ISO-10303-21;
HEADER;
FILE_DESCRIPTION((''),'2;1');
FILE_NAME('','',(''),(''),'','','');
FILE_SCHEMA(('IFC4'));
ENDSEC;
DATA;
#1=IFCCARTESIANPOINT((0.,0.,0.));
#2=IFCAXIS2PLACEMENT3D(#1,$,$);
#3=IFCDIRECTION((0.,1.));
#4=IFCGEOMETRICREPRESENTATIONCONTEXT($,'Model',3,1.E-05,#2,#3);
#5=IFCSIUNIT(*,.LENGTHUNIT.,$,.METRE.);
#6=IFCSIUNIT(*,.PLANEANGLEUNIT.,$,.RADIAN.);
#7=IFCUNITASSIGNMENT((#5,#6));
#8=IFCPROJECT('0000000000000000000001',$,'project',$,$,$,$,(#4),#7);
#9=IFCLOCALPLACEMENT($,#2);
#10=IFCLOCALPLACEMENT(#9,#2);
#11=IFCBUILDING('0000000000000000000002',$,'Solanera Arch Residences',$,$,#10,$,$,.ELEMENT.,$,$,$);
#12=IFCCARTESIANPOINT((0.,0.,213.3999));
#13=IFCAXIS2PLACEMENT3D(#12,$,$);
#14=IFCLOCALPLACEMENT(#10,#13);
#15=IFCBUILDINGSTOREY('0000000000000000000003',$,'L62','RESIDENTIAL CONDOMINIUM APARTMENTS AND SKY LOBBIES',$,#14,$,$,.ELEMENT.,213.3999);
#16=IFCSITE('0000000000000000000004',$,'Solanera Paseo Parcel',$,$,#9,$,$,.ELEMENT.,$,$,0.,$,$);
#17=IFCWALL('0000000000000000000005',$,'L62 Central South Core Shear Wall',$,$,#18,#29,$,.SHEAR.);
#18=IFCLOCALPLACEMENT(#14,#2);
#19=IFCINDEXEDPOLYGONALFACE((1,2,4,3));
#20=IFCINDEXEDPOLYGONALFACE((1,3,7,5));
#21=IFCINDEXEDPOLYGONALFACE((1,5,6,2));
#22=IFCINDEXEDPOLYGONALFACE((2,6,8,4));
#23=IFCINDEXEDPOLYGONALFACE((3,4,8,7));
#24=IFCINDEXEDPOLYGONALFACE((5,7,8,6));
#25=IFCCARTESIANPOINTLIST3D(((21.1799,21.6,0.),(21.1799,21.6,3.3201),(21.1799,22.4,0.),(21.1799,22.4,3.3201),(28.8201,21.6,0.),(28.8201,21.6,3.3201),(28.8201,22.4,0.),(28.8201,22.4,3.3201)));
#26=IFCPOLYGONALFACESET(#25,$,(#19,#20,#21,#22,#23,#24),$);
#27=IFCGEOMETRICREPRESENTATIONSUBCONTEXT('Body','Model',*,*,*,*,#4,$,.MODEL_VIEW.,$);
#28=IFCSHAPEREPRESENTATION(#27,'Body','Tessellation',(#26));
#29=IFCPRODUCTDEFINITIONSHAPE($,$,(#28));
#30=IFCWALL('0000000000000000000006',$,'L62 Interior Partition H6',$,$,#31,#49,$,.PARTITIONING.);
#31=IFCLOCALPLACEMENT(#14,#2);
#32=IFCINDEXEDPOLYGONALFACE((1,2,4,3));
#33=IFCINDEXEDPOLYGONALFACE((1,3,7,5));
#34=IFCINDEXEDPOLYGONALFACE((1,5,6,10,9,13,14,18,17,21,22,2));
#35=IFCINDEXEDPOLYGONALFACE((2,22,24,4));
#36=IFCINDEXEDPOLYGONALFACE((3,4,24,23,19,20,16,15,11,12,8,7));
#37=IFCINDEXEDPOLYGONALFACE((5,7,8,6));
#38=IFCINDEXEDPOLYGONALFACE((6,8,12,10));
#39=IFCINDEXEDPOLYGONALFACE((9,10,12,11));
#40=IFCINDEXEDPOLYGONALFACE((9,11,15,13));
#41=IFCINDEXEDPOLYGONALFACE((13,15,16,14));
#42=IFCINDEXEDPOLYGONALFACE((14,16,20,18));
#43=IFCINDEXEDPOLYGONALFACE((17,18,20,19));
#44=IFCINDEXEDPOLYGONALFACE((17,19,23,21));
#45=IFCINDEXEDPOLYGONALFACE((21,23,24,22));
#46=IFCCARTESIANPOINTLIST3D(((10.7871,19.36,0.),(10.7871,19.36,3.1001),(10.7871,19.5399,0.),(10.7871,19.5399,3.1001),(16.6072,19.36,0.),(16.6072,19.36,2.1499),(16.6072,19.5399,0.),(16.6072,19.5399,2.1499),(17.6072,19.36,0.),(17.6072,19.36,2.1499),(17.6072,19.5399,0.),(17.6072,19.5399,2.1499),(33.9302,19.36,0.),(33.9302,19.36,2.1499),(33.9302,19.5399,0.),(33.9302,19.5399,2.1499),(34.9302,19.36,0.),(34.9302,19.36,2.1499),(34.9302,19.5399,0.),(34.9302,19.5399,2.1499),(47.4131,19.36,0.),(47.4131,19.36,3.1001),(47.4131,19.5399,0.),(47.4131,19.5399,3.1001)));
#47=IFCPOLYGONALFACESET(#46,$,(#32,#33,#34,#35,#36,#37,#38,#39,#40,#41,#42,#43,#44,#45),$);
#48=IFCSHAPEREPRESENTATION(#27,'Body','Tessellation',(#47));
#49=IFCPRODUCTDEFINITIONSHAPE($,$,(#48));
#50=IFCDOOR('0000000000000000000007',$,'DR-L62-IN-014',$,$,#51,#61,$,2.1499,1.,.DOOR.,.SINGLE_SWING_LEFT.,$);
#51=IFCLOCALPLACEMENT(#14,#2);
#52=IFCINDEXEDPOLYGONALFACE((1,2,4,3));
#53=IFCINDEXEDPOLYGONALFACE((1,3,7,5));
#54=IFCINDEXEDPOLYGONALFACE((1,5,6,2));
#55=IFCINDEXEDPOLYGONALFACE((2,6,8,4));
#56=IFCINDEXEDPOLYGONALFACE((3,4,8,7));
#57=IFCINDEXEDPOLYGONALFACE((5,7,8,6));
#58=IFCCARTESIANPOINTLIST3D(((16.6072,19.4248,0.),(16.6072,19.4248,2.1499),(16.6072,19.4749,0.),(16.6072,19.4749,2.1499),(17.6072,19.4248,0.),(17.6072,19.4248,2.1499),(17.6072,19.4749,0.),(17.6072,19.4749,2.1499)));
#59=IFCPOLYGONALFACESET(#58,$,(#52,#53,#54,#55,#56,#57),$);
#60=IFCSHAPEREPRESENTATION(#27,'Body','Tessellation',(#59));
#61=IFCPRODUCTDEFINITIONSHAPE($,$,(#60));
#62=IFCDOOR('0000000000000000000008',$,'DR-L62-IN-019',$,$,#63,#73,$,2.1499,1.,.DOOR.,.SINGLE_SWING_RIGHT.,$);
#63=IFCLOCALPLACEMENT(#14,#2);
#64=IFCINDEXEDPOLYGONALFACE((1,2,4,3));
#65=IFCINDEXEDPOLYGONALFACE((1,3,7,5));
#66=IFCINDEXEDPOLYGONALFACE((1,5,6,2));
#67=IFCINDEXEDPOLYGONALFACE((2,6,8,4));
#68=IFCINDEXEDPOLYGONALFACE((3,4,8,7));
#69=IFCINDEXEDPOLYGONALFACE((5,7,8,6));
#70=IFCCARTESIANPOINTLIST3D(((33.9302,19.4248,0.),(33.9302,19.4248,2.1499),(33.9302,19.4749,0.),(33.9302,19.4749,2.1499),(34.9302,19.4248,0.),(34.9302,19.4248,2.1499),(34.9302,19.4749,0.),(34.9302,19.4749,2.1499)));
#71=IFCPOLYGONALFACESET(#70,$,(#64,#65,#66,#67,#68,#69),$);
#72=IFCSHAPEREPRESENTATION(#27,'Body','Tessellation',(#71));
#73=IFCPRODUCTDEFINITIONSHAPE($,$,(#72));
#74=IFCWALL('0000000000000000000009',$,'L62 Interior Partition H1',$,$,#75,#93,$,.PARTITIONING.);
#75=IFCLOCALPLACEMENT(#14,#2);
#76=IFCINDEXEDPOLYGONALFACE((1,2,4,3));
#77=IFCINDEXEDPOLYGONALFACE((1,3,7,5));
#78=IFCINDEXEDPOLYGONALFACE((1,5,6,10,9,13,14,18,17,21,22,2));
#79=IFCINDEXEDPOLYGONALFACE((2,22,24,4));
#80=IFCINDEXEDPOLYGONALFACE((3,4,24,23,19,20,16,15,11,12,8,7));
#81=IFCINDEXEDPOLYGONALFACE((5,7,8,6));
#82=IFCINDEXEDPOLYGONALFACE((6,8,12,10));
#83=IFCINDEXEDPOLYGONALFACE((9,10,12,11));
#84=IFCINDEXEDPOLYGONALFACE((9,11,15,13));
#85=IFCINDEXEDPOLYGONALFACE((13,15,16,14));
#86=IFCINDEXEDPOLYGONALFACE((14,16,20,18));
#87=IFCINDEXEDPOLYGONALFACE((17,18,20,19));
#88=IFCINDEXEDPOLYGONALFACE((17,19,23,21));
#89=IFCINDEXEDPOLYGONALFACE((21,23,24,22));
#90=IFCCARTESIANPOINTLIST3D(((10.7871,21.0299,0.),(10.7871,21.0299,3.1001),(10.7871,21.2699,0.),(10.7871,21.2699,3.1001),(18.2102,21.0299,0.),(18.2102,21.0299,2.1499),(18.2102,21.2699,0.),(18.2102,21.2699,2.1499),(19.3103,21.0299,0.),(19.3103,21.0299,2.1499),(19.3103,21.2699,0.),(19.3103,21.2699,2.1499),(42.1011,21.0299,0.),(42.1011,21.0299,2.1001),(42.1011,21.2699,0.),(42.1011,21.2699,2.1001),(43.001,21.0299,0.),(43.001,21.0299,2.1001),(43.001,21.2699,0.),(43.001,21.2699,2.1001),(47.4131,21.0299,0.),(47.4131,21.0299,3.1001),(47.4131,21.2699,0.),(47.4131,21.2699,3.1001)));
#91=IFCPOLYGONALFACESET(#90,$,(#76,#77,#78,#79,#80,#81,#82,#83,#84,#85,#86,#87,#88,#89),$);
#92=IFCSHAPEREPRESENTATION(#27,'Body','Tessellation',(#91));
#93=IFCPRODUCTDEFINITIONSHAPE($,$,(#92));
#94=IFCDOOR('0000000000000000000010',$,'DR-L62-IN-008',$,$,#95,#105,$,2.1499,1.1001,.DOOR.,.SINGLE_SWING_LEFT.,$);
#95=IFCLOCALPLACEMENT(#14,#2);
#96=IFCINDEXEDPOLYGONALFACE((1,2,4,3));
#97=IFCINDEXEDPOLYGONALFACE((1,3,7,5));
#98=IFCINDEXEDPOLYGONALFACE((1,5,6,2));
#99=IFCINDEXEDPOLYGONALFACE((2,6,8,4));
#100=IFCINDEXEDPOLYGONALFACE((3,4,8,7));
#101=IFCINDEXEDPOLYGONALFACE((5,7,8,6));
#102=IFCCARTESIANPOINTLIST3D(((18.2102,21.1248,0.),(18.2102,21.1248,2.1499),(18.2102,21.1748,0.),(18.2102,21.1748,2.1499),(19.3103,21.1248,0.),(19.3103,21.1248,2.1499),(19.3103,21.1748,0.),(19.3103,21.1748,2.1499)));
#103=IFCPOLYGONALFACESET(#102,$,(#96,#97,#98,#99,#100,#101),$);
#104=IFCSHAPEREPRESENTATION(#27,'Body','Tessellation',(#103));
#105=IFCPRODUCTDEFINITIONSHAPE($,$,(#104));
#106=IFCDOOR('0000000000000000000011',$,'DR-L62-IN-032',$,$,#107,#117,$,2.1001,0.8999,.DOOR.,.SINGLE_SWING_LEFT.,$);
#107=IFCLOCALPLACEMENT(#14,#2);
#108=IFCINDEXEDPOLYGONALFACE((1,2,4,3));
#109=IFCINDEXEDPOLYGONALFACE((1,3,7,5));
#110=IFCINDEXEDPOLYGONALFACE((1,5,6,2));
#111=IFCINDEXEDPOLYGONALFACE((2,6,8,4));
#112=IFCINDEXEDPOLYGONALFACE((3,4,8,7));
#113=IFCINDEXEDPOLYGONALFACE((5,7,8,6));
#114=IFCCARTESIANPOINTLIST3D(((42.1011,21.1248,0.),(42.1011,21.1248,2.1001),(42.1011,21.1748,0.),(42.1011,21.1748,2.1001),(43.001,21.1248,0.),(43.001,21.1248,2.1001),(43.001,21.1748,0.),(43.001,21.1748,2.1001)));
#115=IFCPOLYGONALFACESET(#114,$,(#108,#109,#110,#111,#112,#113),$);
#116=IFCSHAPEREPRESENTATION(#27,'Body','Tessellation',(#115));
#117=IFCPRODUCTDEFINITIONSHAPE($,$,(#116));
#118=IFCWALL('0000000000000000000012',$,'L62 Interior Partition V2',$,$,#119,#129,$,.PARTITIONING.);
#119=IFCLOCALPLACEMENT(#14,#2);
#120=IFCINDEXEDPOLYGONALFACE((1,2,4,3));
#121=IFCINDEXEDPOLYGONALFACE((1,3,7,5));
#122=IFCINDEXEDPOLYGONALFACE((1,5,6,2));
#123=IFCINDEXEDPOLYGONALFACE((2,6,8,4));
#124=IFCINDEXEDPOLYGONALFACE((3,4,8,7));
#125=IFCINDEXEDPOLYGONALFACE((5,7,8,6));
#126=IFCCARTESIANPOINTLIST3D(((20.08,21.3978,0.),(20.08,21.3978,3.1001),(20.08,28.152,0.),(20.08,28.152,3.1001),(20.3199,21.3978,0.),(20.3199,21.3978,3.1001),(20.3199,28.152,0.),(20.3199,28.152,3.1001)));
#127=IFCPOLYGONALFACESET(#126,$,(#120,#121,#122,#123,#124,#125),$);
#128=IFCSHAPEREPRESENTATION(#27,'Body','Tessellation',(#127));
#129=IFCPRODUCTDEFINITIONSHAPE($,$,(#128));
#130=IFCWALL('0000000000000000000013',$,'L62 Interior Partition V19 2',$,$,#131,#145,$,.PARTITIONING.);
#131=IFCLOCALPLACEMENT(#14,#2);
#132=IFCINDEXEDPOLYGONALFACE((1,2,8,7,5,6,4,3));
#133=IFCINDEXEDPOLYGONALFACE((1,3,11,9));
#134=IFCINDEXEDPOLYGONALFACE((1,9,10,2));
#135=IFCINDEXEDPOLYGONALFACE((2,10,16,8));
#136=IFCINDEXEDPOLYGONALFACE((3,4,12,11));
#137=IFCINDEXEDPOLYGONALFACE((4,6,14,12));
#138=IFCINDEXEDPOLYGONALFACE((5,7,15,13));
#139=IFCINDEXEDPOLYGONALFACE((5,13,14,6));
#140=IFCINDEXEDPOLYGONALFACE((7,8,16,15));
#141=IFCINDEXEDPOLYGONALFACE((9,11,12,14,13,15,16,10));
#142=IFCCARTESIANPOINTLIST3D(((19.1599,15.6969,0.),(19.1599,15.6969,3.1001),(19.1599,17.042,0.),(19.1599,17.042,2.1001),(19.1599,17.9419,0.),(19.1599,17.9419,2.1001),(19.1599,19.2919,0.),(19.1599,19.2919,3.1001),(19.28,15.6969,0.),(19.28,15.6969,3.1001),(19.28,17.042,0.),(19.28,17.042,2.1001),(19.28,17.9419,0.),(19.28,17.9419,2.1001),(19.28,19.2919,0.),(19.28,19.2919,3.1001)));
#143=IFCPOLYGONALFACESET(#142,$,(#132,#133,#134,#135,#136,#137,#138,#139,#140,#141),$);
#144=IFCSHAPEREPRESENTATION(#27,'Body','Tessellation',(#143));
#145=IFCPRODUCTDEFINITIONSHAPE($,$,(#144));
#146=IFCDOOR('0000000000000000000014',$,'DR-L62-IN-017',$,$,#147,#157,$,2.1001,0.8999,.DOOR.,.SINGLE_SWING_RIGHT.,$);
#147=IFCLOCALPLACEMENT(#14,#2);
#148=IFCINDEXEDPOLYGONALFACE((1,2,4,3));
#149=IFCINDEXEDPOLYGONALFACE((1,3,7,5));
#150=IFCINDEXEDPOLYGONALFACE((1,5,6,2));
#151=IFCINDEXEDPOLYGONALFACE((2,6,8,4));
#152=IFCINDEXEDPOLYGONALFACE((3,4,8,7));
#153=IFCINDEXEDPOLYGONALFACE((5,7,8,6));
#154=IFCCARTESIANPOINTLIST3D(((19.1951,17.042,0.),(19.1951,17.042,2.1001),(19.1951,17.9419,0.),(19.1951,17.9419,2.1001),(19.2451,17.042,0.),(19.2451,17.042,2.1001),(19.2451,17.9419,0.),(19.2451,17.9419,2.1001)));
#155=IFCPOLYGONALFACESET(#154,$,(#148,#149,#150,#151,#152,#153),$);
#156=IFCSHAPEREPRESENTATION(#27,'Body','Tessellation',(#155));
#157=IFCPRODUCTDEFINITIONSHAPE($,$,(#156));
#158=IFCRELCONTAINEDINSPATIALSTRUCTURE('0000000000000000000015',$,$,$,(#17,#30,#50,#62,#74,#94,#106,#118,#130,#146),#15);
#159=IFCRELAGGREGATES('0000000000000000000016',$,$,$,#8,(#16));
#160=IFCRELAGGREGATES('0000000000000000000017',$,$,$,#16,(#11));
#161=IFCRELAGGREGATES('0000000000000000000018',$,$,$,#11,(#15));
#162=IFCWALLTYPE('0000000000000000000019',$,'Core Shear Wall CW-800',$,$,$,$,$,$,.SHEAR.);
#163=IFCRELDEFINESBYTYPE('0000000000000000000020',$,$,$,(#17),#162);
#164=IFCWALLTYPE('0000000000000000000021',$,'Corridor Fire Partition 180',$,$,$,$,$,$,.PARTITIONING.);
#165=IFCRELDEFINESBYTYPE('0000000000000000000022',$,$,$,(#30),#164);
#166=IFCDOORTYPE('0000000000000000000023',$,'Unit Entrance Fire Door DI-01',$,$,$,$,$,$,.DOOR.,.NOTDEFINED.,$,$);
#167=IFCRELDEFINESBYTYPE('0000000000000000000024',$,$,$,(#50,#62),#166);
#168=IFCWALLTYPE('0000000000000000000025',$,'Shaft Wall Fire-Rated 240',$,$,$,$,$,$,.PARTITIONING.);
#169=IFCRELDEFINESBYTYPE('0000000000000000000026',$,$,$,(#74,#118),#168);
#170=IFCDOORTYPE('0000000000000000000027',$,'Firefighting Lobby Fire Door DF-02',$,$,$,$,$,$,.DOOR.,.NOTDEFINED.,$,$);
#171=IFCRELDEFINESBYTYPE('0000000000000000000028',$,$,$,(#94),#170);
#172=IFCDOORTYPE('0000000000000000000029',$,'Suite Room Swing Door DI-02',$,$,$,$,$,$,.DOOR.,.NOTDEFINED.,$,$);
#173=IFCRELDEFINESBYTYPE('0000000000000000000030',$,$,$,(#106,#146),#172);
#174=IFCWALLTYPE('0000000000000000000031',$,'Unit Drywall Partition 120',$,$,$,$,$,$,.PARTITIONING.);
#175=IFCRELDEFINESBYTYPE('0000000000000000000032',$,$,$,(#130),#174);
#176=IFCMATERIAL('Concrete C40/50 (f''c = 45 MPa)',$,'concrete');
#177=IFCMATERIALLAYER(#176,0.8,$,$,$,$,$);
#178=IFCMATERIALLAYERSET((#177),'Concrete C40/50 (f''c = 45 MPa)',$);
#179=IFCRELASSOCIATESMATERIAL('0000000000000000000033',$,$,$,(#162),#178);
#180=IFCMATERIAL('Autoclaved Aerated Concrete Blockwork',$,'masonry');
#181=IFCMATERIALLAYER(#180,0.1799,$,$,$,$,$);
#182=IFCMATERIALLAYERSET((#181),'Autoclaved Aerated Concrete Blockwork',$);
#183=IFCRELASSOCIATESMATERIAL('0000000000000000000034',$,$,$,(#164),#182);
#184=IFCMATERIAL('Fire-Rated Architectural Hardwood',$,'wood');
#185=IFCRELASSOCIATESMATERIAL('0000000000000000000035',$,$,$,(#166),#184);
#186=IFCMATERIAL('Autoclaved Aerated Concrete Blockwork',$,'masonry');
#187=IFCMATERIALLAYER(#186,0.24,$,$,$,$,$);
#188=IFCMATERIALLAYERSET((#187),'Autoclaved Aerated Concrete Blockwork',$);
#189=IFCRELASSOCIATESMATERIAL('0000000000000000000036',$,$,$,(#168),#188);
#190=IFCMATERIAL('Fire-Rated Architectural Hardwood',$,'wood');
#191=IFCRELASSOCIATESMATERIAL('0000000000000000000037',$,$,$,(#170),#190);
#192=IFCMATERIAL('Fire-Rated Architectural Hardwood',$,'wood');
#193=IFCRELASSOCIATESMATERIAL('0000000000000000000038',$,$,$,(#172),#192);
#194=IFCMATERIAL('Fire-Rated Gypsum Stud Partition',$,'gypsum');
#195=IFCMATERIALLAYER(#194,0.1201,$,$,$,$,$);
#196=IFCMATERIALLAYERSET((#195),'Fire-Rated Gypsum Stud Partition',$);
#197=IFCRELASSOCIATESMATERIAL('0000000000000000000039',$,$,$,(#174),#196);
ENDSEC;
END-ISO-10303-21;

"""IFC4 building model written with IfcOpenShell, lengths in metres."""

from ifc_helpers import new_model, si_unit, direction, frame, frame_2d, origin, place, context, subcontext, project, spatial, rectangle, extrude, material, layer, layer_set, type_object, element, fill, save


model = new_model("IFC4")

# Units and contexts
model_context = context("Model", 3, precision=1e-05, world=origin(), true_north=direction((0.0, 1.0)))
body_context = subcontext(model_context, "Body", "Model", "MODEL_VIEW")
ifc_project = project(units=[si_unit("LENGTHUNIT", "METRE"), si_unit("PLANEANGLEUNIT", "RADIAN")], contexts=[model_context])

# Site, building, storey
site_placement = place(None, origin())
site = spatial("IfcSite", under=ifc_project, at=site_placement, Name="Solanera Paseo Parcel", CompositionType="ELEMENT", RefElevation=0.0)
building_placement = place(site_placement, origin())
building = spatial("IfcBuilding", under=site, at=building_placement, Name="Solanera Arch Residences", CompositionType="ELEMENT")
storey_placement = place(building_placement, frame((0.0, 0.0, 213.3999)))
storey = spatial("IfcBuildingStorey", under=building, at=storey_placement, Name="L62", Description="RESIDENTIAL CONDOMINIUM APARTMENTS AND SKY LOBBIES", CompositionType="ELEMENT", Elevation=213.3999)

# Wall
ifc_material_1 = material(Name="Concrete C40/50 (f'c = 45 MPa)", Category="concrete")
ifc_layer_1 = layer(ifc_material_1, 0.8)
ifc_layer_set_1 = layer_set([ifc_layer_1], Name="Concrete C40/50 (f'c = 45 MPa)")
wall_type_1 = type_object("IfcWallType", Name="Core Shear Wall CW-800", PredefinedType="SHEAR", material=ifc_layer_set_1)
wall_1_placement = place(storey_placement, frame((21.1799, 22.0, 0.0), z_axis=(0.0, 0.0, 1.0), x_axis=(1.0, 0.0, 0.0)))
element("IfcWall", 1, at=wall_1_placement, inside=storey, type_object=wall_type_1, Name="L62 Central South Core Shear Wall", PredefinedType="SHEAR", context=body_context, shape_type="SweptSolid", body=[
    extrude(rectangle(XDim=7.6401, YDim=0.8, at=frame_2d((3.8201, 0.0))), origin(), (0.0, 0.0, 1.0), 3.3201),
])

# Walls, openings, doors
ifc_material_2 = material(Name="Autoclaved Aerated Concrete Blockwork", Category="masonry")
ifc_layer_2 = layer(ifc_material_2, 0.1799)
ifc_layer_set_2 = layer_set([ifc_layer_2], Name="Autoclaved Aerated Concrete Blockwork")
wall_type_2 = type_object("IfcWallType", Name="Corridor Fire Partition 180", PredefinedType="PARTITIONING", material=ifc_layer_set_2)
wall_2_placement = place(storey_placement, frame((10.7871, 19.45, 0.0), z_axis=(0.0, 0.0, 1.0), x_axis=(1.0, 0.0, 0.0)))
wall_2 = element("IfcWall", 2, at=wall_2_placement, inside=storey, type_object=wall_type_2, Name="L62 Interior Partition H6", PredefinedType="PARTITIONING", context=body_context, shape_type="SweptSolid", body=[
    extrude(rectangle(XDim=36.626, YDim=0.1799, at=frame_2d((18.313, 0.0))), origin(), (0.0, 0.0, 1.0), 3.1001),
])
opening_1_placement = place(wall_2_placement, frame((5.8201, 0.0, 0.0)))
opening_1 = element("IfcOpeningElement", 3, at=opening_1_placement, cuts=wall_2, PredefinedType="OPENING", context=body_context, shape_type="SweptSolid", body=[
    extrude(rectangle(XDim=1.0, YDim=2.1499, at=frame_2d((0.5, 1.075))), frame((0.0, 0.1001, 0.0), z_axis=(0.0, -1.0, 0.0), x_axis=(1.0, 0.0, 0.0)), (0.0, 0.0, 1.0), 0.1999),
])
opening_2_placement = place(wall_2_placement, frame((23.1431, 0.0, 0.0)))
opening_2 = element("IfcOpeningElement", 4, at=opening_2_placement, cuts=wall_2, PredefinedType="OPENING", context=body_context, shape_type="SweptSolid", body=[
    extrude(rectangle(XDim=1.0, YDim=2.1499, at=frame_2d((0.5, 1.075))), frame((0.0, 0.1001, 0.0), z_axis=(0.0, -1.0, 0.0), x_axis=(1.0, 0.0, 0.0)), (0.0, 0.0, 1.0), 0.1999),
])
ifc_material_3 = material(Name="Fire-Rated Architectural Hardwood", Category="wood")
door_type_1 = type_object("IfcDoorType", Name="Unit Entrance Fire Door DI-01", OperationType="NOTDEFINED", PredefinedType="DOOR", material=ifc_material_3)
door_1_placement = place(opening_1_placement, origin())
door_1 = element("IfcDoor", 5, at=door_1_placement, inside=storey, type_object=door_type_1, Name="DR-L62-IN-014", OperationType="SINGLE_SWING_LEFT", OverallHeight=2.1499, OverallWidth=1.0, PredefinedType="DOOR", context=body_context, shape_type="SweptSolid", body=[
    extrude(rectangle(XDim=1.0, YDim=2.1499, at=frame_2d((0.5, 1.075))), frame((0.0, 0.0249, 0.0), z_axis=(0.0, -1.0, 0.0), x_axis=(1.0, 0.0, 0.0)), (0.0, 0.0, 1.0), 0.05),
])
fill(opening_1, door_1)
door_2_placement = place(opening_2_placement, origin())
door_2 = element("IfcDoor", 6, at=door_2_placement, inside=storey, type_object=door_type_1, Name="DR-L62-IN-019", OperationType="SINGLE_SWING_RIGHT", OverallHeight=2.1499, OverallWidth=1.0, PredefinedType="DOOR", context=body_context, shape_type="SweptSolid", body=[
    extrude(rectangle(XDim=1.0, YDim=2.1499, at=frame_2d((0.5, 1.075))), frame((0.0, 0.0249, 0.0), z_axis=(0.0, -1.0, 0.0), x_axis=(1.0, 0.0, 0.0)), (0.0, 0.0, 1.0), 0.05),
])
fill(opening_2, door_2)
ifc_material_4 = material(Name="Autoclaved Aerated Concrete Blockwork", Category="masonry")
ifc_layer_3 = layer(ifc_material_4, 0.24)
ifc_layer_set_3 = layer_set([ifc_layer_3], Name="Autoclaved Aerated Concrete Blockwork")
wall_type_3 = type_object("IfcWallType", Name="Shaft Wall Fire-Rated 240", PredefinedType="PARTITIONING", material=ifc_layer_set_3)
wall_3_placement = place(storey_placement, frame((10.7871, 21.1499, 0.0), z_axis=(0.0, 0.0, 1.0), x_axis=(1.0, 0.0, 0.0)))
wall_3 = element("IfcWall", 7, at=wall_3_placement, inside=storey, type_object=wall_type_3, Name="L62 Interior Partition H1", PredefinedType="PARTITIONING", context=body_context, shape_type="SweptSolid", body=[
    extrude(rectangle(XDim=36.626, YDim=0.24, at=frame_2d((18.313, 0.0))), origin(), (0.0, 0.0, 1.0), 3.1001),
])
opening_3_placement = place(wall_3_placement, frame((7.4231, 0.0, 0.0)))
opening_3 = element("IfcOpeningElement", 8, at=opening_3_placement, cuts=wall_3, PredefinedType="OPENING", context=body_context, shape_type="SweptSolid", body=[
    extrude(rectangle(XDim=1.1001, YDim=2.1499, at=frame_2d((0.55, 1.075))), frame((0.0, 0.1299, 0.0), z_axis=(0.0, -1.0, 0.0), x_axis=(1.0, 0.0, 0.0)), (0.0, 0.0, 1.0), 0.26),
])
opening_4_placement = place(wall_3_placement, frame((31.314, 0.0, 0.0)))
opening_4 = element("IfcOpeningElement", 9, at=opening_4_placement, cuts=wall_3, PredefinedType="OPENING", context=body_context, shape_type="SweptSolid", body=[
    extrude(rectangle(XDim=0.8999, YDim=2.1001, at=frame_2d((0.45, 1.05))), frame((0.0, 0.1299, 0.0), z_axis=(0.0, -1.0, 0.0), x_axis=(1.0, 0.0, 0.0)), (0.0, 0.0, 1.0), 0.26),
])
ifc_material_5 = material(Name="Fire-Rated Architectural Hardwood", Category="wood")
door_type_2 = type_object("IfcDoorType", Name="Firefighting Lobby Fire Door DF-02", OperationType="NOTDEFINED", PredefinedType="DOOR", material=ifc_material_5)
door_3_placement = place(opening_3_placement, origin())
door_3 = element("IfcDoor", 10, at=door_3_placement, inside=storey, type_object=door_type_2, Name="DR-L62-IN-008", OperationType="SINGLE_SWING_LEFT", OverallHeight=2.1499, OverallWidth=1.1001, PredefinedType="DOOR", context=body_context, shape_type="SweptSolid", body=[
    extrude(rectangle(XDim=1.1001, YDim=2.1499, at=frame_2d((0.55, 1.075))), frame((0.0, 0.0249, 0.0), z_axis=(0.0, -1.0, 0.0), x_axis=(1.0, 0.0, 0.0)), (0.0, 0.0, 1.0), 0.05),
])
fill(opening_3, door_3)
ifc_material_6 = material(Name="Fire-Rated Architectural Hardwood", Category="wood")
door_type_3 = type_object("IfcDoorType", Name="Suite Room Swing Door DI-02", OperationType="NOTDEFINED", PredefinedType="DOOR", material=ifc_material_6)
door_4_placement = place(opening_4_placement, origin())
door_4 = element("IfcDoor", 11, at=door_4_placement, inside=storey, type_object=door_type_3, Name="DR-L62-IN-032", OperationType="SINGLE_SWING_LEFT", OverallHeight=2.1001, OverallWidth=0.8999, PredefinedType="DOOR", context=body_context, shape_type="SweptSolid", body=[
    extrude(rectangle(XDim=0.8999, YDim=2.1001, at=frame_2d((0.45, 1.05))), frame((0.0, 0.0249, 0.0), z_axis=(0.0, -1.0, 0.0), x_axis=(1.0, 0.0, 0.0)), (0.0, 0.0, 1.0), 0.05),
])
fill(opening_4, door_4)

# Wall
wall_4_placement = place(storey_placement, frame((20.2, 21.3979, 0.0), z_axis=(0.0, 0.0, 1.0), x_axis=(0.0, 1.0, 0.0)))
element("IfcWall", 12, at=wall_4_placement, inside=storey, type_object=wall_type_3, Name="L62 Interior Partition V2", PredefinedType="PARTITIONING", context=body_context, shape_type="SweptSolid", body=[
    extrude(rectangle(XDim=6.7542, YDim=0.24, at=frame_2d((3.377, 0.0))), origin(), (0.0, 0.0, 1.0), 3.1001),
])

# Wall, opening, door
ifc_material_7 = material(Name="Fire-Rated Gypsum Stud Partition", Category="gypsum")
ifc_layer_4 = layer(ifc_material_7, 0.1201)
ifc_layer_set_4 = layer_set([ifc_layer_4], Name="Fire-Rated Gypsum Stud Partition")
wall_type_4 = type_object("IfcWallType", Name="Unit Drywall Partition 120", PredefinedType="PARTITIONING", material=ifc_layer_set_4)
wall_5_placement = place(storey_placement, frame((19.22, 15.697, 0.0), z_axis=(0.0, 0.0, 1.0), x_axis=(0.0, 1.0, 0.0)))
wall_5 = element("IfcWall", 13, at=wall_5_placement, inside=storey, type_object=wall_type_4, Name="L62 Interior Partition V19 2", PredefinedType="PARTITIONING", context=body_context, shape_type="SweptSolid", body=[
    extrude(rectangle(XDim=3.595, YDim=0.1201, at=frame_2d((1.7974, 0.0))), origin(), (0.0, 0.0, 1.0), 3.1001),
])
opening_5_placement = place(wall_5_placement, frame((1.345, 0.0, 0.0)))
opening_5 = element("IfcOpeningElement", 14, at=opening_5_placement, cuts=wall_5, PredefinedType="OPENING", context=body_context, shape_type="SweptSolid", body=[
    extrude(rectangle(XDim=0.8999, YDim=2.1001, at=frame_2d((0.45, 1.05))), frame((0.0, 0.0701, 0.0), z_axis=(0.0, -1.0, 0.0), x_axis=(1.0, 0.0, 0.0)), (0.0, 0.0, 1.0), 0.1401),
])
door_5_placement = place(opening_5_placement, origin())
door_5 = element("IfcDoor", 15, at=door_5_placement, inside=storey, type_object=door_type_3, Name="DR-L62-IN-017", OperationType="SINGLE_SWING_RIGHT", OverallHeight=2.1001, OverallWidth=0.8999, PredefinedType="DOOR", context=body_context, shape_type="SweptSolid", body=[
    extrude(rectangle(XDim=0.8999, YDim=2.1001, at=frame_2d((0.45, 1.05))), frame((0.0, 0.0249, 0.0), z_axis=(0.0, -1.0, 0.0), x_axis=(1.0, 0.0, 0.0)), (0.0, 0.0, 1.0), 0.05),
])
fill(opening_5, door_5)

save(model, "model.ifc")
